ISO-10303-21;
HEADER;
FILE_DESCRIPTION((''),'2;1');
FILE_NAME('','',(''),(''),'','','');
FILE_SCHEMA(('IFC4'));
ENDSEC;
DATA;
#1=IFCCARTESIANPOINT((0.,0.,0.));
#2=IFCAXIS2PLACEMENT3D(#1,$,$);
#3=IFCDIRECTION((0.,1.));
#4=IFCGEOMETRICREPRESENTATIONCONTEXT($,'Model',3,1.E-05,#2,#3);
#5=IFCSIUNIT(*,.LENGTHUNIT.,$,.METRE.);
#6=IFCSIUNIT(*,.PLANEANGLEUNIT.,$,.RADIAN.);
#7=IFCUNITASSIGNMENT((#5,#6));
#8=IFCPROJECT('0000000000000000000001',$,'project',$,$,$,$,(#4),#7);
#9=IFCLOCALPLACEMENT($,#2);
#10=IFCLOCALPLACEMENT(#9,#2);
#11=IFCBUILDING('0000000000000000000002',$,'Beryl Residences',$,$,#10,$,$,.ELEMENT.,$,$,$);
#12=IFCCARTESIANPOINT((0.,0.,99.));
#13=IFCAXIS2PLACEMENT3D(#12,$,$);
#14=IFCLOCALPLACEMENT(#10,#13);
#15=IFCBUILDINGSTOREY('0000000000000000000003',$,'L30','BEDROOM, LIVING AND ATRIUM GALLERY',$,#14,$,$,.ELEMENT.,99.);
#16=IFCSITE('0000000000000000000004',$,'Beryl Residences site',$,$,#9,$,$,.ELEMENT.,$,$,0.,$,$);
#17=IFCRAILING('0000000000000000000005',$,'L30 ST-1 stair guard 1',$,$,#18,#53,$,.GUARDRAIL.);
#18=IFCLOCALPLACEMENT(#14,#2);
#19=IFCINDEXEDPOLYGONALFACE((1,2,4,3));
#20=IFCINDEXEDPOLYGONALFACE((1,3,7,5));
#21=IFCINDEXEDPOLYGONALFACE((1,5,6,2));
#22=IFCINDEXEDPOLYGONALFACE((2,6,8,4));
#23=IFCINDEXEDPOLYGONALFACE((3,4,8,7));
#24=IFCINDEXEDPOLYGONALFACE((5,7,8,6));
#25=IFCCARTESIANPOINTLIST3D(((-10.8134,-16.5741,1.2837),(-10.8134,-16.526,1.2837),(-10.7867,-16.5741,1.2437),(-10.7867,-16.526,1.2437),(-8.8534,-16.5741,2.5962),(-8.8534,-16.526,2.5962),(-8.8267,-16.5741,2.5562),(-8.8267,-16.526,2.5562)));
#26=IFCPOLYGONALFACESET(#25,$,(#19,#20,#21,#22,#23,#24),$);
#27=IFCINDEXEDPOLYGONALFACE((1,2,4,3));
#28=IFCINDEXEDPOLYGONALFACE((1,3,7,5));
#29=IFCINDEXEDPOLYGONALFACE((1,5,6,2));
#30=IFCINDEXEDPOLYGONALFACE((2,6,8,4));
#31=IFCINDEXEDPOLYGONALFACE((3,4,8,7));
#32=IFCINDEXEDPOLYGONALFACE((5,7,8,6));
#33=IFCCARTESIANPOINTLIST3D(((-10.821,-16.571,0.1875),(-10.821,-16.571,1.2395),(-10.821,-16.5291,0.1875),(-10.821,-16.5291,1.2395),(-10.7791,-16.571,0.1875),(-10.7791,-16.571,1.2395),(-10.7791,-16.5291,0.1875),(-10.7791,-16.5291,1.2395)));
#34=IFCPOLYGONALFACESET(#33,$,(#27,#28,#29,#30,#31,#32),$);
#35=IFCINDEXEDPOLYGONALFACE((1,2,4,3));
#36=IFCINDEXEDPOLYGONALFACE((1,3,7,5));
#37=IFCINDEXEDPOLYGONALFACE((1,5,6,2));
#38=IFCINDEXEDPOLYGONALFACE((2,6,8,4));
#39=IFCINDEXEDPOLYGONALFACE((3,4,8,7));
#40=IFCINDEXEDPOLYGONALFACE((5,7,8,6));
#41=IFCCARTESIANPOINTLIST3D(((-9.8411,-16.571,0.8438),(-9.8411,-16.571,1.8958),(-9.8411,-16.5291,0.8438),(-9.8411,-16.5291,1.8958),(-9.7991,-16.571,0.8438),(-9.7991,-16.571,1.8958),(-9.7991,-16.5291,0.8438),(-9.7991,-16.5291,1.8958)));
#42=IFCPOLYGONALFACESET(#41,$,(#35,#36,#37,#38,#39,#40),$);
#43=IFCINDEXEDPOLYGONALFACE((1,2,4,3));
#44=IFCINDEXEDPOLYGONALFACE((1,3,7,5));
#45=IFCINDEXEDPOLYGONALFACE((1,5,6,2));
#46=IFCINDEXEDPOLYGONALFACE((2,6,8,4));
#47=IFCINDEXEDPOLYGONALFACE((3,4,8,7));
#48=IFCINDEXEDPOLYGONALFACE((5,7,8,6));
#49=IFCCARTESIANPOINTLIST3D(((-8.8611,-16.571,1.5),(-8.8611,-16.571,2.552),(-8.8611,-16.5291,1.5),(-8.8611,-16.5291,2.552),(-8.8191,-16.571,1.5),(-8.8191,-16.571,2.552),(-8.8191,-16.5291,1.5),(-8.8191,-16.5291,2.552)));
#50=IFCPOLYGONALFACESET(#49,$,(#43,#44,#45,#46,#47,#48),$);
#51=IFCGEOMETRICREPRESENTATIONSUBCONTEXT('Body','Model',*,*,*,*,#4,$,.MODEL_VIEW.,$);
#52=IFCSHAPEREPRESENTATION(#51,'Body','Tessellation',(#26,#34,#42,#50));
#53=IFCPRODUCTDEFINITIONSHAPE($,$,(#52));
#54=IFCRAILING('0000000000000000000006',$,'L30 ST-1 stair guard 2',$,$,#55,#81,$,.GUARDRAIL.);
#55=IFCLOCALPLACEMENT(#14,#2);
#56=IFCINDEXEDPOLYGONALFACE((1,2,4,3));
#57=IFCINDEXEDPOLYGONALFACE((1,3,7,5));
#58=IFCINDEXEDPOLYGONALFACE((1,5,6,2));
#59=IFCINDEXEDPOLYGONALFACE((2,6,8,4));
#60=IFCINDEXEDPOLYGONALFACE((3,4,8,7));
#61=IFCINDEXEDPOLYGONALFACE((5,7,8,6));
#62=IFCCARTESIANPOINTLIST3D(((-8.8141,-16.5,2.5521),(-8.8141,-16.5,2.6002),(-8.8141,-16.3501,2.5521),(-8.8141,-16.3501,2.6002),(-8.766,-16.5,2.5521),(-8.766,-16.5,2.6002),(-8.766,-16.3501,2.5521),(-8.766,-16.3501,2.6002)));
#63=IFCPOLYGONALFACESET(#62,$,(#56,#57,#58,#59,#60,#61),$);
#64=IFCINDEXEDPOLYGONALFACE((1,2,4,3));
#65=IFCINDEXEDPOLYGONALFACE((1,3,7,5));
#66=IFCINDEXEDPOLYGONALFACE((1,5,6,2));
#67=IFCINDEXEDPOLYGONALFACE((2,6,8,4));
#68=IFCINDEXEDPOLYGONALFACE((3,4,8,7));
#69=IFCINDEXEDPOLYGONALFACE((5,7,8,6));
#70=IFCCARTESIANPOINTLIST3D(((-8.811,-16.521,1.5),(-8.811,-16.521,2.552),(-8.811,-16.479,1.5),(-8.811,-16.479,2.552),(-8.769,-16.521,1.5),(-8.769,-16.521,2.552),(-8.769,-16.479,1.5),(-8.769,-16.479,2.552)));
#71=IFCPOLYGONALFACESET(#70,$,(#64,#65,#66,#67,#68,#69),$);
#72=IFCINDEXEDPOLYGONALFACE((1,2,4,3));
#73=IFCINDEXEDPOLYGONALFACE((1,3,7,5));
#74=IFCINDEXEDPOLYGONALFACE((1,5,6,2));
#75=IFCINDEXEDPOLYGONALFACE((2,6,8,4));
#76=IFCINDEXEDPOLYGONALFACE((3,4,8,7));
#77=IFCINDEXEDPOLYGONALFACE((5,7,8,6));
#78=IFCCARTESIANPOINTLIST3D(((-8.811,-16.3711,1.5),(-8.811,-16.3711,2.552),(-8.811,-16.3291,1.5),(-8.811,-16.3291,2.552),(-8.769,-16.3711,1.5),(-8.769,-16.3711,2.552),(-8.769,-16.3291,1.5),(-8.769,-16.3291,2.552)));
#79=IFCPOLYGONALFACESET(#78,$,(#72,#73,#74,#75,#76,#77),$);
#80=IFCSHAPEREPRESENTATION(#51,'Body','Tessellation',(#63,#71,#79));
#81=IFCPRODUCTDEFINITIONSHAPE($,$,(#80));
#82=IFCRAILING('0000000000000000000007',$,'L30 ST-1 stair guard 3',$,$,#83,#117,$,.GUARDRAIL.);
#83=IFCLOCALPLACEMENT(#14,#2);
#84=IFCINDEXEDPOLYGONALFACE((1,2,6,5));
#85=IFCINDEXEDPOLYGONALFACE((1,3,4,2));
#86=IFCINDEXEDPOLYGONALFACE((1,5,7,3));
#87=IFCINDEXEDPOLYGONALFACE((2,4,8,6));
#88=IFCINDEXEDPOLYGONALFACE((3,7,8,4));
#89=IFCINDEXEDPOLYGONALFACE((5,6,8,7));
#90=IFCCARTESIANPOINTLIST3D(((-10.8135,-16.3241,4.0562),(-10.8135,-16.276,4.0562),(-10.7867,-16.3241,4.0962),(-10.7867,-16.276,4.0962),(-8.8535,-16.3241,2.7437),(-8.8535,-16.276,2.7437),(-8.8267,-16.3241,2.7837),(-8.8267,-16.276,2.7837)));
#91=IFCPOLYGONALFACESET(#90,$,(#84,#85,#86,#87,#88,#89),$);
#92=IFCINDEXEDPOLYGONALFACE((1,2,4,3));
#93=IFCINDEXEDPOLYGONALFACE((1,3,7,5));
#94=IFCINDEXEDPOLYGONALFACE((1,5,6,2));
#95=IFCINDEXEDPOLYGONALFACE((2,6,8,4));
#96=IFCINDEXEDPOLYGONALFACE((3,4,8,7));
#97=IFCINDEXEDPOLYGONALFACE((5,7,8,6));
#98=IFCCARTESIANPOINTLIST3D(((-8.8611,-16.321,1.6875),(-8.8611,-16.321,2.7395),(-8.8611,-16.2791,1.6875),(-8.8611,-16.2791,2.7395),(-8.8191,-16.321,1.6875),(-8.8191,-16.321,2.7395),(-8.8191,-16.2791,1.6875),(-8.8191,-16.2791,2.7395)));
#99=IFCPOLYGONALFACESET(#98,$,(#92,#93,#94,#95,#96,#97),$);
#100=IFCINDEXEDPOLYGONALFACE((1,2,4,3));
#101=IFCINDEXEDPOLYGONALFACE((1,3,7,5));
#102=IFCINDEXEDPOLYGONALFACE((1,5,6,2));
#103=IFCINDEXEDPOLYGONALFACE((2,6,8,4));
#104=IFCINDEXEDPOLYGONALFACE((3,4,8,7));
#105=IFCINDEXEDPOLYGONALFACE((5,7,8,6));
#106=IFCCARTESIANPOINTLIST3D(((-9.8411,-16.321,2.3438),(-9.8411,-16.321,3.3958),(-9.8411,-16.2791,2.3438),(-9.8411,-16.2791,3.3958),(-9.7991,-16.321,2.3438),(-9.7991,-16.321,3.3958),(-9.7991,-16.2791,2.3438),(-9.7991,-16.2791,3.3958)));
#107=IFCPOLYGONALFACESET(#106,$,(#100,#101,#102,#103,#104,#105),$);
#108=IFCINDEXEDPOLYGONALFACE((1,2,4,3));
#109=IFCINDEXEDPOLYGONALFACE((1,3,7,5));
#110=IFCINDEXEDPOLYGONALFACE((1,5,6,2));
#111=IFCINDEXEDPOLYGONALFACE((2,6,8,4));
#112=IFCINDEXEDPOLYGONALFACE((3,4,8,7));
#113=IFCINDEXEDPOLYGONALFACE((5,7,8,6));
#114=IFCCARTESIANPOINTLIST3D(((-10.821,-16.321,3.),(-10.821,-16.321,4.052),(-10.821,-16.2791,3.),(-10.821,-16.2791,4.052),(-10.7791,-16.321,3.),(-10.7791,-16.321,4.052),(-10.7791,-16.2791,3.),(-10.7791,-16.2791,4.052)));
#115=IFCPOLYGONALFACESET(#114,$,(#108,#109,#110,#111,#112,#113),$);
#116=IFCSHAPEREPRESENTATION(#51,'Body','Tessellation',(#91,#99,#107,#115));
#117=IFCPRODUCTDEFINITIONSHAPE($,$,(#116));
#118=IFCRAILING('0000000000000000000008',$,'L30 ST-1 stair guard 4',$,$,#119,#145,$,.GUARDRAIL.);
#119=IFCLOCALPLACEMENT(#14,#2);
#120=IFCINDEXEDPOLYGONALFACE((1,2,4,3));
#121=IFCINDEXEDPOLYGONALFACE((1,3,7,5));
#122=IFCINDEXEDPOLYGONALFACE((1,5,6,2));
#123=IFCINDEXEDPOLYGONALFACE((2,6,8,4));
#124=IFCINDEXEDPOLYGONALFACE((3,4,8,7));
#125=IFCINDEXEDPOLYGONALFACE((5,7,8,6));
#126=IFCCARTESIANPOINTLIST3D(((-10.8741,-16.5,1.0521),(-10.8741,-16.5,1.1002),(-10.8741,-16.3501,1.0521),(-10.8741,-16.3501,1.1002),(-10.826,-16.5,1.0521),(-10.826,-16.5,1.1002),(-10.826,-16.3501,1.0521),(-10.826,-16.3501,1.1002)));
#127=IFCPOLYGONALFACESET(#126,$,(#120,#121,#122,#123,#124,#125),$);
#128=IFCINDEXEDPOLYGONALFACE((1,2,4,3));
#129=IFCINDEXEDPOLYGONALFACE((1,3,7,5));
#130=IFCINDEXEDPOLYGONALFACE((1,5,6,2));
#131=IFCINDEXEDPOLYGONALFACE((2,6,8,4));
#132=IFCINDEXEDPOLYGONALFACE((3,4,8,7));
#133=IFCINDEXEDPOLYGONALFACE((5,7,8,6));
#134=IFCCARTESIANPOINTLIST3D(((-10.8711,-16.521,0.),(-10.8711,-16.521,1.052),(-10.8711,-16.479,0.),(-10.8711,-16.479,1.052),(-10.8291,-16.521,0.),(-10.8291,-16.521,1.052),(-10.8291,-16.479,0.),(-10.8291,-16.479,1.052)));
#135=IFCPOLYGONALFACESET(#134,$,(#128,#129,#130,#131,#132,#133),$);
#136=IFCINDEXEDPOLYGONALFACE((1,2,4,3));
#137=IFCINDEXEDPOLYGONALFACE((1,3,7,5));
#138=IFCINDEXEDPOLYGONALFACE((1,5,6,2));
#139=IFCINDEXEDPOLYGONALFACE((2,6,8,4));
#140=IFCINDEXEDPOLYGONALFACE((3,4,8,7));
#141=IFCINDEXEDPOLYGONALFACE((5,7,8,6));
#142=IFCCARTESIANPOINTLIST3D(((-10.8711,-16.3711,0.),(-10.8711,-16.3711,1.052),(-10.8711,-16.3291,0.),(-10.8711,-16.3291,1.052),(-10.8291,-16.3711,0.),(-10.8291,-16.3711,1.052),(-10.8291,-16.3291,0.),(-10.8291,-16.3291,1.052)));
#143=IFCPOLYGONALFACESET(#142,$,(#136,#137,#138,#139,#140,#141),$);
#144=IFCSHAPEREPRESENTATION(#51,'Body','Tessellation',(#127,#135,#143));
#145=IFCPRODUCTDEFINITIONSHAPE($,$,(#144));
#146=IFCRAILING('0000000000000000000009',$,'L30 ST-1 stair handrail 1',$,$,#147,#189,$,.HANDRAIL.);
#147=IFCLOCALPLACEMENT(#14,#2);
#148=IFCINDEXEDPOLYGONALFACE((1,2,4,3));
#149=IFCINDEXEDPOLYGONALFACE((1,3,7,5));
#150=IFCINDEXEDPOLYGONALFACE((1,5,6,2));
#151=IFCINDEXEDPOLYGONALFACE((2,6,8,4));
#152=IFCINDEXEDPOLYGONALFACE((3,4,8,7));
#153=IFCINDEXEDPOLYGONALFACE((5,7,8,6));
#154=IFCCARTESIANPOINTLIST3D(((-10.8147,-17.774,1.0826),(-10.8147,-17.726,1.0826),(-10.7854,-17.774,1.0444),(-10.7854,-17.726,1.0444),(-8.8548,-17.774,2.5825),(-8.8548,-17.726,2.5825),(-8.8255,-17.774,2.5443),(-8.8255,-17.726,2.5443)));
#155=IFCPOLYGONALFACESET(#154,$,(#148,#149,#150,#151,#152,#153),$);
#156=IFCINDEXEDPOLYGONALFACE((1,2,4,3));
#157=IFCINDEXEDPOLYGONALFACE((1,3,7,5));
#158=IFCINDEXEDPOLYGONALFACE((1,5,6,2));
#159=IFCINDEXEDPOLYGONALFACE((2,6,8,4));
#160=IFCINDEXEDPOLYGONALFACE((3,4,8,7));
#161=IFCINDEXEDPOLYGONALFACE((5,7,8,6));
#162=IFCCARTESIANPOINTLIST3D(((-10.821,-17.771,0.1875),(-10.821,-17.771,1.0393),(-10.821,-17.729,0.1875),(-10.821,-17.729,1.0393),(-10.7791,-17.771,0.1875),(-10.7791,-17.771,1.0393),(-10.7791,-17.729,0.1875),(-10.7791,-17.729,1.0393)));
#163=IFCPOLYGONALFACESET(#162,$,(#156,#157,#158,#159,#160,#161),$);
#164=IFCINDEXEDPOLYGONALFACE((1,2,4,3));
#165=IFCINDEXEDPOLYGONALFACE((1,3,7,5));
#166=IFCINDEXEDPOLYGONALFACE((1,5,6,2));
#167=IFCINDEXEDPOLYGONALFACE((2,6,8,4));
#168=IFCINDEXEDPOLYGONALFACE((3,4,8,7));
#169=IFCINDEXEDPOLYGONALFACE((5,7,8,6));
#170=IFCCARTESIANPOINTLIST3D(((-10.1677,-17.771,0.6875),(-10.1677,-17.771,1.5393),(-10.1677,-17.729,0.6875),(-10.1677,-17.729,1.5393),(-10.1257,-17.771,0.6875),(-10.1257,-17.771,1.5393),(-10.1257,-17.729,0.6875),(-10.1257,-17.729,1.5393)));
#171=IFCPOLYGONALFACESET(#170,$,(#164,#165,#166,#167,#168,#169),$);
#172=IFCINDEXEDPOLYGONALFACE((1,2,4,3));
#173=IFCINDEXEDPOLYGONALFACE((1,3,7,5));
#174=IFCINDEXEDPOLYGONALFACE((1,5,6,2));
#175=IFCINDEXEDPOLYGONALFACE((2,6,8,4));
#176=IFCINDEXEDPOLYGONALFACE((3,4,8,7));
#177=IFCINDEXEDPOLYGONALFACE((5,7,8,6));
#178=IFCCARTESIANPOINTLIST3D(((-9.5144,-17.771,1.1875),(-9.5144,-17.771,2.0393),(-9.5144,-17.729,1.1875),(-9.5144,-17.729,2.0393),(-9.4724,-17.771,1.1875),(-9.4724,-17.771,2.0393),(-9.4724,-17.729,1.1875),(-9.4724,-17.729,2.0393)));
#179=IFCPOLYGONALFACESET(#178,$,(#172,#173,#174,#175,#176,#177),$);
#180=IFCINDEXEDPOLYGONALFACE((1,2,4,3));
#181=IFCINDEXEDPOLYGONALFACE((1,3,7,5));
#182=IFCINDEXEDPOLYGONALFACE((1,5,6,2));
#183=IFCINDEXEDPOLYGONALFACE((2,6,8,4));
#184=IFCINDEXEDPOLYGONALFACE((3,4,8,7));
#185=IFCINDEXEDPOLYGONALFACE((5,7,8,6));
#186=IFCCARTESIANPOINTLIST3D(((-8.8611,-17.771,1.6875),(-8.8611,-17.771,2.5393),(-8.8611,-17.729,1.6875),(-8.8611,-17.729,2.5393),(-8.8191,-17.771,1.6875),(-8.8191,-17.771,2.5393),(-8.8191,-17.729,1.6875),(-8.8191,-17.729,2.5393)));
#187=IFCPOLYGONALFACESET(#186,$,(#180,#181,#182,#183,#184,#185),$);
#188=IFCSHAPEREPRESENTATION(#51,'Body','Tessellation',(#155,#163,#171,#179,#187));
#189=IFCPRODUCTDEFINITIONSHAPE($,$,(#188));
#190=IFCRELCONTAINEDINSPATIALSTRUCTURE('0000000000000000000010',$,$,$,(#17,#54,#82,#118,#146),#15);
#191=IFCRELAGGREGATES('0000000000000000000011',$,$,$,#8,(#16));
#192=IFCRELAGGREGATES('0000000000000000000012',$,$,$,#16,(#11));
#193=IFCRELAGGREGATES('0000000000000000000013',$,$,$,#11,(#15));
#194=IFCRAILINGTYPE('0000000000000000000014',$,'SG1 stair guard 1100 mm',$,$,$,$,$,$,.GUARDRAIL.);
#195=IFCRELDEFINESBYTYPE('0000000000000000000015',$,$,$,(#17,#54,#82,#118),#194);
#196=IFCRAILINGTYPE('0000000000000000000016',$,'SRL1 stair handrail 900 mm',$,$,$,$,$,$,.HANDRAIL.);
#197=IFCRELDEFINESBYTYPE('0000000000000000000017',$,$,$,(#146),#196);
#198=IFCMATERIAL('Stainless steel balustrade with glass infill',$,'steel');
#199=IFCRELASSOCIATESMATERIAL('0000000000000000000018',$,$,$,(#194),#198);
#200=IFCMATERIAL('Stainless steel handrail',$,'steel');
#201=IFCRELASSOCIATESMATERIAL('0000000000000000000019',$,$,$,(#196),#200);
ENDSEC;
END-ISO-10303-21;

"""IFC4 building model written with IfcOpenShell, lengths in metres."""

from ifc_helpers import new_model, si_unit, direction, frame, origin, origin_2d, place, context, subcontext, project, spatial, rectangle, extrude, material, type_object, element, save


model = new_model("IFC4")

# Units and contexts
model_context = context("Model", 3, precision=1e-05, world=origin(), true_north=direction((0.0, 1.0)))
body_context = subcontext(model_context, "Body", "Model", "MODEL_VIEW")
ifc_project = project(units=[si_unit("LENGTHUNIT", "METRE"), si_unit("PLANEANGLEUNIT", "RADIAN")], contexts=[model_context])

# Site, building, storey
site_placement = place(None, origin())
site = spatial("IfcSite", under=ifc_project, at=site_placement, Name="Beryl Residences site", CompositionType="ELEMENT", RefElevation=0.0)
building_placement = place(site_placement, origin())
building = spatial("IfcBuilding", under=site, at=building_placement, Name="Beryl Residences", CompositionType="ELEMENT")
storey_placement = place(building_placement, frame((0.0, 0.0, 99.0)))
storey = spatial("IfcBuildingStorey", under=building, at=storey_placement, Name="L30", Description="BEDROOM, LIVING AND ATRIUM GALLERY", CompositionType="ELEMENT", Elevation=99.0)

# Railings
ifc_material_1 = material(Name="Stainless steel balustrade with glass infill", Category="steel")
railing_type_1 = type_object("IfcRailingType", Name="SG1 stair guard 1100 mm", PredefinedType="GUARDRAIL", material=ifc_material_1)
railing_1_placement = place(storey_placement, frame((-10.8, -16.55, 0.1875)))
element("IfcRailing", 1, at=railing_1_placement, inside=storey, type_object=railing_type_1, Name="L30 ST-1 stair guard 1", PredefinedType="GUARDRAIL", context=body_context, shape_type="SweptSolid", body=[
    extrude(rectangle(XDim=0.0481, YDim=0.0481, at=origin_2d()), frame((0.0, 0.0, 1.0762), z_axis=(0.830902, 0.0, 0.556419), x_axis=(0.0, 1.0, 0.0)), (0.0, 0.0, 1.0), 2.3589),
    extrude(rectangle(XDim=0.042, YDim=0.042, at=origin_2d()), origin(), (0.0, 0.0, 1.0), 1.052),
    extrude(rectangle(XDim=0.042, YDim=0.042, at=origin_2d()), frame((0.98, 0.0, 0.6562)), (0.0, 0.0, 1.0), 1.052),
    extrude(rectangle(XDim=0.042, YDim=0.042, at=origin_2d()), frame((1.96, 0.0, 1.3125)), (0.0, 0.0, 1.0), 1.052),
])
railing_2_placement = place(storey_placement, frame((-8.79, -16.5, 1.5)))
element("IfcRailing", 2, at=railing_2_placement, inside=storey, type_object=railing_type_1, Name="L30 ST-1 stair guard 2", PredefinedType="GUARDRAIL", context=body_context, shape_type="SweptSolid", body=[
    extrude(rectangle(XDim=0.0481, YDim=0.0481, at=origin_2d()), frame((0.0, 0.0, 1.0762), z_axis=(0.0, 1.0, 0.0), x_axis=(-1.0, 0.0, 0.0)), (0.0, 0.0, 1.0), 0.1499),
    extrude(rectangle(XDim=0.042, YDim=0.042, at=origin_2d()), origin(), (0.0, 0.0, 1.0), 1.052),
    extrude(rectangle(XDim=0.042, YDim=0.042, at=origin_2d()), frame((0.0, 0.1499, 0.0)), (0.0, 0.0, 1.0), 1.052),
])
railing_3_placement = place(storey_placement, frame((-8.8401, -16.3, 1.6875)))
element("IfcRailing", 3, at=railing_3_placement, inside=storey, type_object=railing_type_1, Name="L30 ST-1 stair guard 3", PredefinedType="GUARDRAIL", context=body_context, shape_type="SweptSolid", body=[
    extrude(rectangle(XDim=0.0481, YDim=0.0481, at=origin_2d()), frame((0.0, 0.0, 1.0762), z_axis=(-0.830902, 0.0, 0.556419), x_axis=(0.0, -1.0, 0.0)), (0.0, 0.0, 1.0), 2.3589),
    extrude(rectangle(XDim=0.042, YDim=0.042, at=origin_2d()), origin(), (0.0, 0.0, 1.0), 1.052),
    extrude(rectangle(XDim=0.042, YDim=0.042, at=origin_2d()), frame((-0.98, 0.0, 0.6562)), (0.0, 0.0, 1.0), 1.052),
    extrude(rectangle(XDim=0.042, YDim=0.042, at=origin_2d()), frame((-1.96, 0.0, 1.3125)), (0.0, 0.0, 1.0), 1.052),
])
railing_4_placement = place(storey_placement, frame((-10.8501, -16.5, 0.0)))
element("IfcRailing", 4, at=railing_4_placement, inside=storey, type_object=railing_type_1, Name="L30 ST-1 stair guard 4", PredefinedType="GUARDRAIL", context=body_context, shape_type="SweptSolid", body=[
    extrude(rectangle(XDim=0.0481, YDim=0.0481, at=origin_2d()), frame((0.0, 0.0, 1.0762), z_axis=(0.0, 1.0, 0.0), x_axis=(-1.0, 0.0, 0.0)), (0.0, 0.0, 1.0), 0.1499),
    extrude(rectangle(XDim=0.042, YDim=0.042, at=origin_2d()), origin(), (0.0, 0.0, 1.0), 1.052),
    extrude(rectangle(XDim=0.042, YDim=0.042, at=origin_2d()), frame((0.0, 0.1499, 0.0)), (0.0, 0.0, 1.0), 1.052),
])
ifc_material_2 = material(Name="Stainless steel handrail", Category="steel")
railing_type_2 = type_object("IfcRailingType", Name="SRL1 stair handrail 900 mm", PredefinedType="HANDRAIL", material=ifc_material_2)
railing_5_placement = place(storey_placement, frame((-10.8, -17.75, 0.1875)))
element("IfcRailing", 5, at=railing_5_placement, inside=storey, type_object=railing_type_2, Name="L30 ST-1 stair handrail 1", PredefinedType="HANDRAIL", context=body_context, shape_type="SweptSolid", body=[
    extrude(rectangle(XDim=0.0481, YDim=0.0481, at=origin_2d()), frame((0.0, 0.0, 0.876), z_axis=(0.794122, 0.0, 0.607758), x_axis=(0.0, 1.0, 0.0)), (0.0, 0.0, 1.0), 2.468),
    extrude(rectangle(XDim=0.042, YDim=0.042, at=origin_2d()), origin(), (0.0, 0.0, 1.0), 0.8518),
    extrude(rectangle(XDim=0.042, YDim=0.042, at=origin_2d()), frame((0.6533, 0.0, 0.5)), (0.0, 0.0, 1.0), 0.8518),
    extrude(rectangle(XDim=0.042, YDim=0.042, at=origin_2d()), frame((1.3066, 0.0, 1.0)), (0.0, 0.0, 1.0), 0.8518),
    extrude(rectangle(XDim=0.042, YDim=0.042, at=origin_2d()), frame((1.96, 0.0, 1.5)), (0.0, 0.0, 1.0), 0.8518),
])

save(model, "model.ifc")
